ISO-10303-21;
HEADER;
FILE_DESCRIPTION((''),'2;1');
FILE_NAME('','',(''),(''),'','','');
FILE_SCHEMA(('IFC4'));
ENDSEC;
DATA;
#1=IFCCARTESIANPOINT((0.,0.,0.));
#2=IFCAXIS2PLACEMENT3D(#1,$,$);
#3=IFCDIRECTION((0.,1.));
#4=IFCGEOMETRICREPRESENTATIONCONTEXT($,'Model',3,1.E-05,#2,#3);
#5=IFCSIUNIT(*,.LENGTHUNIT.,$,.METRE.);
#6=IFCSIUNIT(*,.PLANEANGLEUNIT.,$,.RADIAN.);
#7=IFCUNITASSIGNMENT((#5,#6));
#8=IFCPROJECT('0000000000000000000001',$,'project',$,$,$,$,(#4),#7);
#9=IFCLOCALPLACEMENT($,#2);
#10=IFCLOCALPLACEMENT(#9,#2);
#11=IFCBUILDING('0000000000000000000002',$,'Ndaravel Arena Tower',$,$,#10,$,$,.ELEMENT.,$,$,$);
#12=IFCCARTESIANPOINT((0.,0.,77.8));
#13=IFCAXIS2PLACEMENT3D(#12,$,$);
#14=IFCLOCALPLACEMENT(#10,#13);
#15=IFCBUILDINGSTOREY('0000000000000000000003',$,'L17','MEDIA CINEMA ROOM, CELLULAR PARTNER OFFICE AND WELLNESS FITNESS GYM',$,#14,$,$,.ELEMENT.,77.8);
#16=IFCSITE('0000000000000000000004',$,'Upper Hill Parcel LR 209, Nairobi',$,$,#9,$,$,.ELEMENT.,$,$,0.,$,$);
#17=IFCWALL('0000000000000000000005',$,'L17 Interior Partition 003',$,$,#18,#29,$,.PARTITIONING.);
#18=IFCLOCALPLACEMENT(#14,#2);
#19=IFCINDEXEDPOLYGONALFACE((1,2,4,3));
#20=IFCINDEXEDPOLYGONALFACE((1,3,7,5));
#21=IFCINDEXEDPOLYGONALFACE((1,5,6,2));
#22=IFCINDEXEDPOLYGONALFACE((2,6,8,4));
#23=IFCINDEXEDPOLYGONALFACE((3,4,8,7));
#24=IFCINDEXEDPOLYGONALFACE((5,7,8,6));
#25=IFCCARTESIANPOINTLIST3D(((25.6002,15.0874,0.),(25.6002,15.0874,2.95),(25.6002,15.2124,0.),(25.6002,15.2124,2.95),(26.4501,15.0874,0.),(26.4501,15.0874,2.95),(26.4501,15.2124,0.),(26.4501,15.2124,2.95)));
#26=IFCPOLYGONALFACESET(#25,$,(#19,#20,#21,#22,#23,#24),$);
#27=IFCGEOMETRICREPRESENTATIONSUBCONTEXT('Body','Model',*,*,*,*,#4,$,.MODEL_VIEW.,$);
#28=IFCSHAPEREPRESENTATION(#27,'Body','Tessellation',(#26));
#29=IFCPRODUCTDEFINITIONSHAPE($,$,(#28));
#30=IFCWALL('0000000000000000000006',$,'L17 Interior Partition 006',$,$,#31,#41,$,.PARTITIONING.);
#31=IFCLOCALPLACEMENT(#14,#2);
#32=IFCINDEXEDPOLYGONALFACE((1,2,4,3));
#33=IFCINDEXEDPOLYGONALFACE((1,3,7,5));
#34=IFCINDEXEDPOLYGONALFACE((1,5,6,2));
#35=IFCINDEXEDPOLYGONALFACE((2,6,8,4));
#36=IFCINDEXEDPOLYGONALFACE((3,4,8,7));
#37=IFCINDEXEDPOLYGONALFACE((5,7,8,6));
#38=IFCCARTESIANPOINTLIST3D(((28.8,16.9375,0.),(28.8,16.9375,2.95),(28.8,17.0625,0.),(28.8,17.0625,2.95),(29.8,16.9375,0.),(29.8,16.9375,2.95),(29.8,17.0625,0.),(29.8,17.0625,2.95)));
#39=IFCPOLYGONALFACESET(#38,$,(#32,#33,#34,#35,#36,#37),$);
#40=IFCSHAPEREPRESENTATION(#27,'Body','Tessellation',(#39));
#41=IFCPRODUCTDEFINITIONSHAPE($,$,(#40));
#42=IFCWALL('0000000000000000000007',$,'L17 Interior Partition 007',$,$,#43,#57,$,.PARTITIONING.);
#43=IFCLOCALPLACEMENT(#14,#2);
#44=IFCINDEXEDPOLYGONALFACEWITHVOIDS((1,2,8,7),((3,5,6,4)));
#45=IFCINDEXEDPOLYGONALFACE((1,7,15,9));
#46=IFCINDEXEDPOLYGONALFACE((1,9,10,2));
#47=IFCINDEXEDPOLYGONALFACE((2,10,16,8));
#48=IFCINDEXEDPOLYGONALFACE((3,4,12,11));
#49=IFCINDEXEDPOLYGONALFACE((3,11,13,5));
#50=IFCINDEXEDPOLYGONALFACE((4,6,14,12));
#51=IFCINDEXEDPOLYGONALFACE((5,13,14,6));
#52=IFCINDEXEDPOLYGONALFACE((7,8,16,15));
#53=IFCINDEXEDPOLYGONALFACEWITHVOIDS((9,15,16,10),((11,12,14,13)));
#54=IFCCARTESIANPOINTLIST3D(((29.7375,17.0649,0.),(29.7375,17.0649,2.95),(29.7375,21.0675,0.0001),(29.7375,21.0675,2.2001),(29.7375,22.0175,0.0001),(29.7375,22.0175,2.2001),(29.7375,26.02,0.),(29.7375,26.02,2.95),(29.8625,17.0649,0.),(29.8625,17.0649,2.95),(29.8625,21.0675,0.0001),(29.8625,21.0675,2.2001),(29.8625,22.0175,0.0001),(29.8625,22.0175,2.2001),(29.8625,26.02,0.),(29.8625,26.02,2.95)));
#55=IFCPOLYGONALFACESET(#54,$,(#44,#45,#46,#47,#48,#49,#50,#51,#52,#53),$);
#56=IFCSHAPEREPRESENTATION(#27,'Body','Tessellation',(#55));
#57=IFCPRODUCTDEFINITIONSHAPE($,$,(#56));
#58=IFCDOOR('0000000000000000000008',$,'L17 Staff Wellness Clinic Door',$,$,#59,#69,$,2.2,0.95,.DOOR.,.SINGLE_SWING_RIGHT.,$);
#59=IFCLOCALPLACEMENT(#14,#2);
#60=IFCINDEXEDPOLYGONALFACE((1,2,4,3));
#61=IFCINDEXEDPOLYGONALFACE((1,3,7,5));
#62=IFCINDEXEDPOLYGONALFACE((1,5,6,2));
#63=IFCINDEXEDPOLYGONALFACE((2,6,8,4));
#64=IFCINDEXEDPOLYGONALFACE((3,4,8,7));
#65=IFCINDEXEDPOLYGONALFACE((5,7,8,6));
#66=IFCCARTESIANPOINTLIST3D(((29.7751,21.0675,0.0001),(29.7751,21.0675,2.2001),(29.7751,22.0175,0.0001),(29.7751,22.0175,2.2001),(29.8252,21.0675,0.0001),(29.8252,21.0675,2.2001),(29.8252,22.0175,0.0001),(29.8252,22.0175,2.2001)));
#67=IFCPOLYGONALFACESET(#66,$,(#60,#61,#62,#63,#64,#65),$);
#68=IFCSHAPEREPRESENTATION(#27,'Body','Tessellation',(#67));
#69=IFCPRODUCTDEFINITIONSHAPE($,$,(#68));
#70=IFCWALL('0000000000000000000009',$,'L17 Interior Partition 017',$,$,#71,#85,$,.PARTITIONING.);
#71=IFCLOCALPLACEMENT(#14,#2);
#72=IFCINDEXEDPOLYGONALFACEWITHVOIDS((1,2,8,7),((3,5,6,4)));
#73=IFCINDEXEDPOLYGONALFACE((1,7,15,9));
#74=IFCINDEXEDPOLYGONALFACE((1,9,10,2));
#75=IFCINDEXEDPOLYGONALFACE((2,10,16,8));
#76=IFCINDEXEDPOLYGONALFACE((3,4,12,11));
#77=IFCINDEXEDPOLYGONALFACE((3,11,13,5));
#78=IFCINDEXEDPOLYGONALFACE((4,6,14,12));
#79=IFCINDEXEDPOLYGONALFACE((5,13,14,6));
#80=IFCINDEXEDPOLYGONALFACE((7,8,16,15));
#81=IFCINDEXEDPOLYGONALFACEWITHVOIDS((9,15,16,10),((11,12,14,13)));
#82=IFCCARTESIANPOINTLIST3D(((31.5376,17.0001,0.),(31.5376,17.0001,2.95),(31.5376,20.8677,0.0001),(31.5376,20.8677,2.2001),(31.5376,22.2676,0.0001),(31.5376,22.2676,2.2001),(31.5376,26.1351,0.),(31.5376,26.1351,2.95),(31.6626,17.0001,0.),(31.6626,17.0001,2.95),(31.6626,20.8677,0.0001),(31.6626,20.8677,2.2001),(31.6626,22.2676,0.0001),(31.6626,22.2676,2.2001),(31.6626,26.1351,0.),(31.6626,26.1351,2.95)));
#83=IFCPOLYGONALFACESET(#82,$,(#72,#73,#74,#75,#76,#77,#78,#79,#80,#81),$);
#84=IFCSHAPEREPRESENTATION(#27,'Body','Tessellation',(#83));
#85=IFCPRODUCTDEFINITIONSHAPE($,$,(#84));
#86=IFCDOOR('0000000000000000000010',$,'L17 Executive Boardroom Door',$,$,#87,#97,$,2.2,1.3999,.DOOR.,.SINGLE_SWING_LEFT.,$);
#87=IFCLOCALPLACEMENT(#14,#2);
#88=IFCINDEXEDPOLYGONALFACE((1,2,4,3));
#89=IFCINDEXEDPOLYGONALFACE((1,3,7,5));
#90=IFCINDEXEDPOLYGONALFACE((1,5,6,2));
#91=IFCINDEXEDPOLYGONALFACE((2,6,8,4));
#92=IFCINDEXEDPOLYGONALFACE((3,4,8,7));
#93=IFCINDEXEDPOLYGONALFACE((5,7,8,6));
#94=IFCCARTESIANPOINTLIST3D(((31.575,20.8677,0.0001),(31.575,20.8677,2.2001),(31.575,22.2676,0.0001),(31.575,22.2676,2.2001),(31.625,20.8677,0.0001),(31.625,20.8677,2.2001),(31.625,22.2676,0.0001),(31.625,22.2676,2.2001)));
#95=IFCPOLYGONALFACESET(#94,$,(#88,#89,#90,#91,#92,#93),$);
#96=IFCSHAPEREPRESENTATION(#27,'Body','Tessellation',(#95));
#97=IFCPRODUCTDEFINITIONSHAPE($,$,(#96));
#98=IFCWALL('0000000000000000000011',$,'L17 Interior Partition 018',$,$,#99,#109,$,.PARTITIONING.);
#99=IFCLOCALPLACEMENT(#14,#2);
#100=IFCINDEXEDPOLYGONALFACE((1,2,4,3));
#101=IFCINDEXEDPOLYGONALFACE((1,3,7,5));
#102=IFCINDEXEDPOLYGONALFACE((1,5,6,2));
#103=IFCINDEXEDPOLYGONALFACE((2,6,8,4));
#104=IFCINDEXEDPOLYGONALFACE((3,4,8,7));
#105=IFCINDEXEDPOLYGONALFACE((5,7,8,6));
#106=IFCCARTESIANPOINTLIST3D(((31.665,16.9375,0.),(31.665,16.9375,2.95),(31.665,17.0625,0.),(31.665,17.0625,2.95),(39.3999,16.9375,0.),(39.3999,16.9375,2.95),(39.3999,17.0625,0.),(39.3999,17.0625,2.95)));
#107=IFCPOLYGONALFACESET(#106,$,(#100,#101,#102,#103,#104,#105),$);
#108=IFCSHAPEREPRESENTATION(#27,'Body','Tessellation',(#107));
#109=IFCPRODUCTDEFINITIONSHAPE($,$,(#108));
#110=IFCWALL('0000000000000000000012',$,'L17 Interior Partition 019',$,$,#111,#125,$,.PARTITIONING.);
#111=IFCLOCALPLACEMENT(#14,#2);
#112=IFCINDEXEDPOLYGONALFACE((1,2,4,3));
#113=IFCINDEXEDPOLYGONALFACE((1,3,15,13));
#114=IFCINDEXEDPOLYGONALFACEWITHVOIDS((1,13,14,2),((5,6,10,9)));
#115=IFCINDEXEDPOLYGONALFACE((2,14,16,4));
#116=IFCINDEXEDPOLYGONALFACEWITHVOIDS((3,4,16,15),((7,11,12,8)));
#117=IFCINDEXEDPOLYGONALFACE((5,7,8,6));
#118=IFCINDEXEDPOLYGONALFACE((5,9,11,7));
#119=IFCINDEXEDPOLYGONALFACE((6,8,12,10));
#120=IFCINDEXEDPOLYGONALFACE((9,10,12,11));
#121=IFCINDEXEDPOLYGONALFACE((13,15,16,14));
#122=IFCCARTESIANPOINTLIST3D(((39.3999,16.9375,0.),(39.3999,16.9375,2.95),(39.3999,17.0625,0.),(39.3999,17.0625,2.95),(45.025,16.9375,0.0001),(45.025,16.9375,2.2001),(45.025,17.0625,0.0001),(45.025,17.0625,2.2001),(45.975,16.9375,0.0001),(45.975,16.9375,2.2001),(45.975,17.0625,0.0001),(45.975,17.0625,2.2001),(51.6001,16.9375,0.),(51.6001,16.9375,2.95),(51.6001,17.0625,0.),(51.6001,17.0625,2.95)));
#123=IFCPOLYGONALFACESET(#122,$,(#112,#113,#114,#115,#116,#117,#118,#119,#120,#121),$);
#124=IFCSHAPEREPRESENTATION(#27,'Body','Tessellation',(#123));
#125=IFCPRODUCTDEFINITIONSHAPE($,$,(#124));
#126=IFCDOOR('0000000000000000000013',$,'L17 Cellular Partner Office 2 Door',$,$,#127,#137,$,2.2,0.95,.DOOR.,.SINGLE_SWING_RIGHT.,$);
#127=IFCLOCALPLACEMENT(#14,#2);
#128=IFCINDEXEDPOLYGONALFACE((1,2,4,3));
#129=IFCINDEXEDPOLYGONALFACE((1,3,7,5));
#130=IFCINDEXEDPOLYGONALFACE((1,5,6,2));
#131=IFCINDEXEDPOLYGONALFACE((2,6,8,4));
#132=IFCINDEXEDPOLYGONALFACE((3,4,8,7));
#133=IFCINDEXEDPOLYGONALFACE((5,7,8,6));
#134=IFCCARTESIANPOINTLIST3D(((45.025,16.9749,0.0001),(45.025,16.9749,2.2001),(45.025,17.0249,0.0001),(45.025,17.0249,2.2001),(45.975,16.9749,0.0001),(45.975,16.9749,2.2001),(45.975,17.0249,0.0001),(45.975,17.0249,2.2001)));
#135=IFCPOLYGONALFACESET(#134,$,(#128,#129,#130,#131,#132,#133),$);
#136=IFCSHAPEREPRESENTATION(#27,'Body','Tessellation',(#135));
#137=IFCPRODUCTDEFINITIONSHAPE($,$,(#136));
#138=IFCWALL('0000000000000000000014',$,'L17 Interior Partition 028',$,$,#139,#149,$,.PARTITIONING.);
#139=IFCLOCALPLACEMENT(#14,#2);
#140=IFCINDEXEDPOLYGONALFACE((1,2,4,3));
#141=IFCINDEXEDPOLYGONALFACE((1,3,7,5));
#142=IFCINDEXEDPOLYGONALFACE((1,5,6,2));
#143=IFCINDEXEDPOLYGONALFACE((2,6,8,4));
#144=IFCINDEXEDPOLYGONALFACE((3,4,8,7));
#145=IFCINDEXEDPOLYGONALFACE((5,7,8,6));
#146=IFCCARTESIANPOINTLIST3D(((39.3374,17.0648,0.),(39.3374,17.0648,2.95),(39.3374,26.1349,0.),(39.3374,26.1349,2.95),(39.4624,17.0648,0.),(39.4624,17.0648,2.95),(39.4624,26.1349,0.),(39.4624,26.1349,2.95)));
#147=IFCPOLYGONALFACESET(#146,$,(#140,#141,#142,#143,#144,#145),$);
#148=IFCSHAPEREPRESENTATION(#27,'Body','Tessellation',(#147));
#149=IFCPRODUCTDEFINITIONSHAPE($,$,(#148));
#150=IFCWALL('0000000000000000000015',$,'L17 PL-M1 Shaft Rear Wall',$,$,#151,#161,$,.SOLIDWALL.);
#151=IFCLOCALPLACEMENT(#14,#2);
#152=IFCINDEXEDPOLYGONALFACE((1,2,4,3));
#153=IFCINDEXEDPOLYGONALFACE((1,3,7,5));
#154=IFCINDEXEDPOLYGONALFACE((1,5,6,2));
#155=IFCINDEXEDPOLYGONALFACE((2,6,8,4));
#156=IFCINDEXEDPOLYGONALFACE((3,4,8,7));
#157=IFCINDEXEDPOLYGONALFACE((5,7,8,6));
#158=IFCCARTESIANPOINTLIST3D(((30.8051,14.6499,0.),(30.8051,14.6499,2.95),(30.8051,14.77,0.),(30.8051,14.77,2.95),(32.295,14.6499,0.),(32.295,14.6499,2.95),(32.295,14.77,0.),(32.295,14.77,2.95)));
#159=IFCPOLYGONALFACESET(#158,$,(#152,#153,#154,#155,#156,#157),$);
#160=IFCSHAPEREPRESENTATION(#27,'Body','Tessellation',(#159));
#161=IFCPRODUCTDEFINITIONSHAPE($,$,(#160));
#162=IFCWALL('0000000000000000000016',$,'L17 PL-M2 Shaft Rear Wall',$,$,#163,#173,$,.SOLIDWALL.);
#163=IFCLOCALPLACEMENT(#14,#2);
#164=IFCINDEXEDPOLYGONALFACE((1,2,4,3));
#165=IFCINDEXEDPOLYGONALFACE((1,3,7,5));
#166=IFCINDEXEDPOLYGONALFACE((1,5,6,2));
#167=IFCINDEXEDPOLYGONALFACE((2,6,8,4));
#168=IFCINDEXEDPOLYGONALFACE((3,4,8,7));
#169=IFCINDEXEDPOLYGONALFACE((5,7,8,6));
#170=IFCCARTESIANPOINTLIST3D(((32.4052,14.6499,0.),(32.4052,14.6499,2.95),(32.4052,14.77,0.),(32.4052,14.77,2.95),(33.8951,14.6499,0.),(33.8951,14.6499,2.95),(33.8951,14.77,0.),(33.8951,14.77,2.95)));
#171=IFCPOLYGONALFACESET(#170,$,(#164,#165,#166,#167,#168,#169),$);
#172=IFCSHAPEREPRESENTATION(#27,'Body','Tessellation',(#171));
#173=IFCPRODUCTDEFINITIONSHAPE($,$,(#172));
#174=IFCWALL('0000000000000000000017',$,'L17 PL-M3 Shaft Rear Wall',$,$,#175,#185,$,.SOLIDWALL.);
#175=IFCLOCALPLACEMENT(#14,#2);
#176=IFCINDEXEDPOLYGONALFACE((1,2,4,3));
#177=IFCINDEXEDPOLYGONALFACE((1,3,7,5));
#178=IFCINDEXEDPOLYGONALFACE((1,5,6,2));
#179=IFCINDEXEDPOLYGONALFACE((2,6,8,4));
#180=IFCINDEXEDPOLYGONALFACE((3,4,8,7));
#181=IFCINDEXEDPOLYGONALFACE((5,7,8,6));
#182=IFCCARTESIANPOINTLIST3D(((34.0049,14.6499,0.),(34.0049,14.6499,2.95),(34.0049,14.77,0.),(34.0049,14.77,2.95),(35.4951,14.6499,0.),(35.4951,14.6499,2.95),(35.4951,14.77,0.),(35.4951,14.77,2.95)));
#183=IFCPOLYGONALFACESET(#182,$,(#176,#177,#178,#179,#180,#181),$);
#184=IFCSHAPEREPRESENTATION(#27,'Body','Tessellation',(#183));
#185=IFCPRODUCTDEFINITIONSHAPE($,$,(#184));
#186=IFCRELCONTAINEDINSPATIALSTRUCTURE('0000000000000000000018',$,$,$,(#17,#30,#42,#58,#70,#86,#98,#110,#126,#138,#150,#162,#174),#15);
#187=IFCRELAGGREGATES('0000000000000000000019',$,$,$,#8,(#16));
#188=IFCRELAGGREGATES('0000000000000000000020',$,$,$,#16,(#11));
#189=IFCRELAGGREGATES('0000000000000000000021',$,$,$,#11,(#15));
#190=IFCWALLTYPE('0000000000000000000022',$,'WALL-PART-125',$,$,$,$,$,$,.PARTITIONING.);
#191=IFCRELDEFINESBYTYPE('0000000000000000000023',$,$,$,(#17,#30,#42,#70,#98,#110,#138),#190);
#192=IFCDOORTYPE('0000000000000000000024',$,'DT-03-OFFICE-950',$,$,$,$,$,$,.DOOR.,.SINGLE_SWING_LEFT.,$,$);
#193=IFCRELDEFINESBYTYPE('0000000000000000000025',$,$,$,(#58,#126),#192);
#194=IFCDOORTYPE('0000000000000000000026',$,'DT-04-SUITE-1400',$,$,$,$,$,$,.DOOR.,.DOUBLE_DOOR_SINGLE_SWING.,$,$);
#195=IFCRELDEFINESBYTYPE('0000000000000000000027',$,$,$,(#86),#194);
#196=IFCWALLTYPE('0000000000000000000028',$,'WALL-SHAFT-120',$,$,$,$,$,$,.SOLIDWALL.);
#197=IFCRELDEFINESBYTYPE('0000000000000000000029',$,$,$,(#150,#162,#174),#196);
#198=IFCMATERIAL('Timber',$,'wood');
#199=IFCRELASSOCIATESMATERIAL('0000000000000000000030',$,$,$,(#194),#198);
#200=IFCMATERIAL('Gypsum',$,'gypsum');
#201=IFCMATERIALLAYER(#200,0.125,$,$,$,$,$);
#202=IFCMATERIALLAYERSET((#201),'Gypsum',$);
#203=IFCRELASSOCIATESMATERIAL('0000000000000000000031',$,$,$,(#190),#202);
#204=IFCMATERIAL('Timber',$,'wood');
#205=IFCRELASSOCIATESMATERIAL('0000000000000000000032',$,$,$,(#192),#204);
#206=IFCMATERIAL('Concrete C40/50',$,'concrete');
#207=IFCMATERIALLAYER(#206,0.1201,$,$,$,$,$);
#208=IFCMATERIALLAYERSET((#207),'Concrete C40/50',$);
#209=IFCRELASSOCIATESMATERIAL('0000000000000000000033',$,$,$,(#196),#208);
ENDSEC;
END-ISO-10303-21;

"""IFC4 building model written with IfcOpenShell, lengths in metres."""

from ifc_helpers import new_model, si_unit, direction, frame, frame_2d, origin, place, context, subcontext, project, spatial, rectangle, extrude, material, layer, layer_set, type_object, element, fill, save


model = new_model("IFC4")

# Units and contexts
model_context = context("Model", 3, precision=1e-05, world=origin(), true_north=direction((0.0, 1.0)))
body_context = subcontext(model_context, "Body", "Model", "MODEL_VIEW")
ifc_project = project(units=[si_unit("LENGTHUNIT", "METRE"), si_unit("PLANEANGLEUNIT", "RADIAN")], contexts=[model_context])

# Site, building, storey
site_placement = place(None, origin())
site = spatial("IfcSite", under=ifc_project, at=site_placement, Name="Upper Hill Parcel LR 209, Nairobi", CompositionType="ELEMENT", RefElevation=0.0)
building_placement = place(site_placement, origin())
building = spatial("IfcBuilding", under=site, at=building_placement, Name="Ndaravel Arena Tower", CompositionType="ELEMENT")
storey_placement = place(building_placement, frame((0.0, 0.0, 77.8)))
storey = spatial("IfcBuildingStorey", under=building, at=storey_placement, Name="L17", Description="MEDIA CINEMA ROOM, CELLULAR PARTNER OFFICE AND WELLNESS FITNESS GYM", CompositionType="ELEMENT", Elevation=77.8)

# Shared definitions
ifc_material_1 = material(Name="Timber", Category="wood")
door_type_1 = type_object("IfcDoorType", Name="DT-04-SUITE-1400", OperationType="DOUBLE_DOOR_SINGLE_SWING", PredefinedType="DOOR", material=ifc_material_1)

# Walls
ifc_material_2 = material(Name="Gypsum", Category="gypsum")
ifc_layer_1 = layer(ifc_material_2, 0.125)
ifc_layer_set_1 = layer_set([ifc_layer_1], Name="Gypsum")
wall_type_1 = type_object("IfcWallType", Name="WALL-PART-125", PredefinedType="PARTITIONING", material=ifc_layer_set_1)
wall_1_placement = place(storey_placement, frame((26.45, 15.1499, 0.0), z_axis=(0.0, 0.0, 1.0), x_axis=(-1.0, 0.0, 0.0)))
element("IfcWall", 1, at=wall_1_placement, inside=storey, type_object=wall_type_1, Name="L17 Interior Partition 003", PredefinedType="PARTITIONING", context=body_context, shape_type="SweptSolid", body=[
    extrude(rectangle(XDim=0.8499, YDim=0.125, at=frame_2d((0.4248, 0.0))), origin(), (0.0, 0.0, 1.0), 2.95),
])
wall_2_placement = place(storey_placement, frame((28.8, 17.0, 0.0), z_axis=(0.0, 0.0, 1.0), x_axis=(1.0, 0.0, 0.0)))
element("IfcWall", 2, at=wall_2_placement, inside=storey, type_object=wall_type_1, Name="L17 Interior Partition 006", PredefinedType="PARTITIONING", context=body_context, shape_type="SweptSolid", body=[
    extrude(rectangle(XDim=1.0, YDim=0.125, at=frame_2d((0.5, 0.0))), origin(), (0.0, 0.0, 1.0), 2.95),
])

# Walls, openings, doors
wall_3_placement = place(storey_placement, frame((29.8, 17.0649, 0.0), z_axis=(0.0, 0.0, 1.0), x_axis=(0.0, 1.0, 0.0)))
wall_3 = element("IfcWall", 3, at=wall_3_placement, inside=storey, type_object=wall_type_1, Name="L17 Interior Partition 007", PredefinedType="PARTITIONING", context=body_context, shape_type="SweptSolid", body=[
    extrude(rectangle(XDim=8.9551, YDim=0.125, at=frame_2d((4.4775, 0.0))), origin(), (0.0, 0.0, 1.0), 2.95),
])
opening_1_placement = place(wall_3_placement, frame((4.0024, 0.0, 0.0)))
opening_1 = element("IfcOpeningElement", 4, at=opening_1_placement, cuts=wall_3, PredefinedType="OPENING", context=body_context, shape_type="SweptSolid", body=[
    extrude(rectangle(XDim=0.95, YDim=2.2, at=frame_2d((0.4751, 1.1001))), frame((0.0, 0.0625, 0.0), z_axis=(0.0, -1.0, 0.0), x_axis=(1.0, 0.0, 0.0)), (0.0, 0.0, 1.0), 0.125),
])
ifc_material_3 = material(Name="Timber", Category="wood")
door_type_2 = type_object("IfcDoorType", Name="DT-03-OFFICE-950", OperationType="SINGLE_SWING_LEFT", PredefinedType="DOOR", material=ifc_material_3)
door_1_placement = place(opening_1_placement, origin())
door_1 = element("IfcDoor", 5, at=door_1_placement, inside=storey, type_object=door_type_2, Name="L17 Staff Wellness Clinic Door", OperationType="SINGLE_SWING_RIGHT", OverallHeight=2.2, OverallWidth=0.95, PredefinedType="DOOR", context=body_context, shape_type="SweptSolid", body=[
    extrude(rectangle(XDim=0.95, YDim=2.2, at=frame_2d((0.4751, 1.1001))), frame((0.0, 0.0249, 0.0), z_axis=(0.0, -1.0, 0.0), x_axis=(1.0, 0.0, 0.0)), (0.0, 0.0, 1.0), 0.05),
])
fill(opening_1, door_1)
wall_4_placement = place(storey_placement, frame((31.6001, 26.135, 0.0), z_axis=(0.0, 0.0, 1.0), x_axis=(0.0, -1.0, 0.0)))
wall_4 = element("IfcWall", 6, at=wall_4_placement, inside=storey, type_object=wall_type_1, Name="L17 Interior Partition 017", PredefinedType="PARTITIONING", context=body_context, shape_type="SweptSolid", body=[
    extrude(rectangle(XDim=9.135, YDim=0.125, at=frame_2d((4.5674, 0.0))), origin(), (0.0, 0.0, 1.0), 2.95),
])
opening_2_placement = place(wall_4_placement, frame((3.8674, 0.0, 0.0)))
opening_2 = element("IfcOpeningElement", 7, at=opening_2_placement, cuts=wall_4, PredefinedType="OPENING", context=body_context, shape_type="SweptSolid", body=[
    extrude(rectangle(XDim=1.3999, YDim=2.2, at=frame_2d((0.7, 1.1001))), frame((0.0, 0.0625, 0.0), z_axis=(0.0, -1.0, 0.0), x_axis=(1.0, 0.0, 0.0)), (0.0, 0.0, 1.0), 0.125),
])
door_2_placement = place(opening_2_placement, origin())
door_2 = element("IfcDoor", 8, at=door_2_placement, inside=storey, type_object=door_type_1, Name="L17 Executive Boardroom Door", OperationType="SINGLE_SWING_LEFT", OverallHeight=2.2, OverallWidth=1.3999, PredefinedType="DOOR", context=body_context, shape_type="SweptSolid", body=[
    extrude(rectangle(XDim=1.3999, YDim=2.2, at=frame_2d((0.7, 1.1001))), frame((0.0, 0.0249, 0.0), z_axis=(0.0, -1.0, 0.0), x_axis=(1.0, 0.0, 0.0)), (0.0, 0.0, 1.0), 0.05),
])
fill(opening_2, door_2)

# Wall
wall_5_placement = place(storey_placement, frame((31.665, 17.0, 0.0), z_axis=(0.0, 0.0, 1.0), x_axis=(1.0, 0.0, 0.0)))
element("IfcWall", 9, at=wall_5_placement, inside=storey, type_object=wall_type_1, Name="L17 Interior Partition 018", PredefinedType="PARTITIONING", context=body_context, shape_type="SweptSolid", body=[
    extrude(rectangle(XDim=7.7349, YDim=0.125, at=frame_2d((3.8674, 0.0))), origin(), (0.0, 0.0, 1.0), 2.95),
])

# Wall, opening, door
wall_6_placement = place(storey_placement, frame((39.3999, 17.0, 0.0), z_axis=(0.0, 0.0, 1.0), x_axis=(1.0, 0.0, 0.0)))
wall_6 = element("IfcWall", 10, at=wall_6_placement, inside=storey, type_object=wall_type_1, Name="L17 Interior Partition 019", PredefinedType="PARTITIONING", context=body_context, shape_type="SweptSolid", body=[
    extrude(rectangle(XDim=12.2002, YDim=0.125, at=frame_2d((6.1001, 0.0))), origin(), (0.0, 0.0, 1.0), 2.95),
])
opening_3_placement = place(wall_6_placement, frame((5.625, 0.0, 0.0)))
opening_3 = element("IfcOpeningElement", 11, at=opening_3_placement, cuts=wall_6, PredefinedType="OPENING", context=body_context, shape_type="SweptSolid", body=[
    extrude(rectangle(XDim=0.95, YDim=2.2, at=frame_2d((0.4751, 1.1001))), frame((0.0, 0.0625, 0.0), z_axis=(0.0, -1.0, 0.0), x_axis=(1.0, 0.0, 0.0)), (0.0, 0.0, 1.0), 0.125),
])
door_3_placement = place(opening_3_placement, origin())
door_3 = element("IfcDoor", 12, at=door_3_placement, inside=storey, type_object=door_type_2, Name="L17 Cellular Partner Office 2 Door", OperationType="SINGLE_SWING_RIGHT", OverallHeight=2.2, OverallWidth=0.95, PredefinedType="DOOR", context=body_context, shape_type="SweptSolid", body=[
    extrude(rectangle(XDim=0.95, YDim=2.2, at=frame_2d((0.4751, 1.1001))), frame((0.0, 0.0249, 0.0), z_axis=(0.0, -1.0, 0.0), x_axis=(1.0, 0.0, 0.0)), (0.0, 0.0, 1.0), 0.05),
])
fill(opening_3, door_3)

# Walls
wall_7_placement = place(storey_placement, frame((39.3999, 26.135, 0.0), z_axis=(0.0, 0.0, 1.0), x_axis=(0.0, -1.0, 0.0)))
element("IfcWall", 13, at=wall_7_placement, inside=storey, type_object=wall_type_1, Name="L17 Interior Partition 028", PredefinedType="PARTITIONING", context=body_context, shape_type="SweptSolid", body=[
    extrude(rectangle(XDim=9.0701, YDim=0.125, at=frame_2d((4.5352, 0.0))), origin(), (0.0, 0.0, 1.0), 2.95),
])
ifc_material_4 = material(Name="Concrete C40/50", Category="concrete")
ifc_layer_2 = layer(ifc_material_4, 0.1201)
ifc_layer_set_2 = layer_set([ifc_layer_2], Name="Concrete C40/50")
wall_type_2 = type_object("IfcWallType", Name="WALL-SHAFT-120", PredefinedType="SOLIDWALL", material=ifc_layer_set_2)
for number, where, z_axis, x_axis, name in (
    (14, (30.8049, 14.71, 0.0), (0.0, 0.0, 1.0), (1.0, 0.0, 0.0), "L17 PL-M1 Shaft Rear Wall"),
    (15, (32.405, 14.71, 0.0), (0.0, 0.0, 1.0), (1.0, 0.0, 0.0), "L17 PL-M2 Shaft Rear Wall"),
):
    element("IfcWall", number, at=place(storey_placement, frame(where, z_axis=z_axis, x_axis=x_axis)), inside=storey, type_object=wall_type_2, Name=name, PredefinedType="SOLIDWALL", context=body_context, shape_type="SweptSolid", body=[
        extrude(rectangle(XDim=1.49, YDim=0.1201, at=frame_2d((0.7451, 0.0))), origin(), (0.0, 0.0, 1.0), 2.95),
    ])
wall_8_placement = place(storey_placement, frame((34.0049, 14.71, 0.0), z_axis=(0.0, 0.0, 1.0), x_axis=(1.0, 0.0, 0.0)))
element("IfcWall", 16, at=wall_8_placement, inside=storey, type_object=wall_type_2, Name="L17 PL-M3 Shaft Rear Wall", PredefinedType="SOLIDWALL", context=body_context, shape_type="SweptSolid", body=[
    extrude(rectangle(XDim=1.4902, YDim=0.1201, at=frame_2d((0.7451, 0.0))), origin(), (0.0, 0.0, 1.0), 2.95),
])

save(model, "model.ifc")
